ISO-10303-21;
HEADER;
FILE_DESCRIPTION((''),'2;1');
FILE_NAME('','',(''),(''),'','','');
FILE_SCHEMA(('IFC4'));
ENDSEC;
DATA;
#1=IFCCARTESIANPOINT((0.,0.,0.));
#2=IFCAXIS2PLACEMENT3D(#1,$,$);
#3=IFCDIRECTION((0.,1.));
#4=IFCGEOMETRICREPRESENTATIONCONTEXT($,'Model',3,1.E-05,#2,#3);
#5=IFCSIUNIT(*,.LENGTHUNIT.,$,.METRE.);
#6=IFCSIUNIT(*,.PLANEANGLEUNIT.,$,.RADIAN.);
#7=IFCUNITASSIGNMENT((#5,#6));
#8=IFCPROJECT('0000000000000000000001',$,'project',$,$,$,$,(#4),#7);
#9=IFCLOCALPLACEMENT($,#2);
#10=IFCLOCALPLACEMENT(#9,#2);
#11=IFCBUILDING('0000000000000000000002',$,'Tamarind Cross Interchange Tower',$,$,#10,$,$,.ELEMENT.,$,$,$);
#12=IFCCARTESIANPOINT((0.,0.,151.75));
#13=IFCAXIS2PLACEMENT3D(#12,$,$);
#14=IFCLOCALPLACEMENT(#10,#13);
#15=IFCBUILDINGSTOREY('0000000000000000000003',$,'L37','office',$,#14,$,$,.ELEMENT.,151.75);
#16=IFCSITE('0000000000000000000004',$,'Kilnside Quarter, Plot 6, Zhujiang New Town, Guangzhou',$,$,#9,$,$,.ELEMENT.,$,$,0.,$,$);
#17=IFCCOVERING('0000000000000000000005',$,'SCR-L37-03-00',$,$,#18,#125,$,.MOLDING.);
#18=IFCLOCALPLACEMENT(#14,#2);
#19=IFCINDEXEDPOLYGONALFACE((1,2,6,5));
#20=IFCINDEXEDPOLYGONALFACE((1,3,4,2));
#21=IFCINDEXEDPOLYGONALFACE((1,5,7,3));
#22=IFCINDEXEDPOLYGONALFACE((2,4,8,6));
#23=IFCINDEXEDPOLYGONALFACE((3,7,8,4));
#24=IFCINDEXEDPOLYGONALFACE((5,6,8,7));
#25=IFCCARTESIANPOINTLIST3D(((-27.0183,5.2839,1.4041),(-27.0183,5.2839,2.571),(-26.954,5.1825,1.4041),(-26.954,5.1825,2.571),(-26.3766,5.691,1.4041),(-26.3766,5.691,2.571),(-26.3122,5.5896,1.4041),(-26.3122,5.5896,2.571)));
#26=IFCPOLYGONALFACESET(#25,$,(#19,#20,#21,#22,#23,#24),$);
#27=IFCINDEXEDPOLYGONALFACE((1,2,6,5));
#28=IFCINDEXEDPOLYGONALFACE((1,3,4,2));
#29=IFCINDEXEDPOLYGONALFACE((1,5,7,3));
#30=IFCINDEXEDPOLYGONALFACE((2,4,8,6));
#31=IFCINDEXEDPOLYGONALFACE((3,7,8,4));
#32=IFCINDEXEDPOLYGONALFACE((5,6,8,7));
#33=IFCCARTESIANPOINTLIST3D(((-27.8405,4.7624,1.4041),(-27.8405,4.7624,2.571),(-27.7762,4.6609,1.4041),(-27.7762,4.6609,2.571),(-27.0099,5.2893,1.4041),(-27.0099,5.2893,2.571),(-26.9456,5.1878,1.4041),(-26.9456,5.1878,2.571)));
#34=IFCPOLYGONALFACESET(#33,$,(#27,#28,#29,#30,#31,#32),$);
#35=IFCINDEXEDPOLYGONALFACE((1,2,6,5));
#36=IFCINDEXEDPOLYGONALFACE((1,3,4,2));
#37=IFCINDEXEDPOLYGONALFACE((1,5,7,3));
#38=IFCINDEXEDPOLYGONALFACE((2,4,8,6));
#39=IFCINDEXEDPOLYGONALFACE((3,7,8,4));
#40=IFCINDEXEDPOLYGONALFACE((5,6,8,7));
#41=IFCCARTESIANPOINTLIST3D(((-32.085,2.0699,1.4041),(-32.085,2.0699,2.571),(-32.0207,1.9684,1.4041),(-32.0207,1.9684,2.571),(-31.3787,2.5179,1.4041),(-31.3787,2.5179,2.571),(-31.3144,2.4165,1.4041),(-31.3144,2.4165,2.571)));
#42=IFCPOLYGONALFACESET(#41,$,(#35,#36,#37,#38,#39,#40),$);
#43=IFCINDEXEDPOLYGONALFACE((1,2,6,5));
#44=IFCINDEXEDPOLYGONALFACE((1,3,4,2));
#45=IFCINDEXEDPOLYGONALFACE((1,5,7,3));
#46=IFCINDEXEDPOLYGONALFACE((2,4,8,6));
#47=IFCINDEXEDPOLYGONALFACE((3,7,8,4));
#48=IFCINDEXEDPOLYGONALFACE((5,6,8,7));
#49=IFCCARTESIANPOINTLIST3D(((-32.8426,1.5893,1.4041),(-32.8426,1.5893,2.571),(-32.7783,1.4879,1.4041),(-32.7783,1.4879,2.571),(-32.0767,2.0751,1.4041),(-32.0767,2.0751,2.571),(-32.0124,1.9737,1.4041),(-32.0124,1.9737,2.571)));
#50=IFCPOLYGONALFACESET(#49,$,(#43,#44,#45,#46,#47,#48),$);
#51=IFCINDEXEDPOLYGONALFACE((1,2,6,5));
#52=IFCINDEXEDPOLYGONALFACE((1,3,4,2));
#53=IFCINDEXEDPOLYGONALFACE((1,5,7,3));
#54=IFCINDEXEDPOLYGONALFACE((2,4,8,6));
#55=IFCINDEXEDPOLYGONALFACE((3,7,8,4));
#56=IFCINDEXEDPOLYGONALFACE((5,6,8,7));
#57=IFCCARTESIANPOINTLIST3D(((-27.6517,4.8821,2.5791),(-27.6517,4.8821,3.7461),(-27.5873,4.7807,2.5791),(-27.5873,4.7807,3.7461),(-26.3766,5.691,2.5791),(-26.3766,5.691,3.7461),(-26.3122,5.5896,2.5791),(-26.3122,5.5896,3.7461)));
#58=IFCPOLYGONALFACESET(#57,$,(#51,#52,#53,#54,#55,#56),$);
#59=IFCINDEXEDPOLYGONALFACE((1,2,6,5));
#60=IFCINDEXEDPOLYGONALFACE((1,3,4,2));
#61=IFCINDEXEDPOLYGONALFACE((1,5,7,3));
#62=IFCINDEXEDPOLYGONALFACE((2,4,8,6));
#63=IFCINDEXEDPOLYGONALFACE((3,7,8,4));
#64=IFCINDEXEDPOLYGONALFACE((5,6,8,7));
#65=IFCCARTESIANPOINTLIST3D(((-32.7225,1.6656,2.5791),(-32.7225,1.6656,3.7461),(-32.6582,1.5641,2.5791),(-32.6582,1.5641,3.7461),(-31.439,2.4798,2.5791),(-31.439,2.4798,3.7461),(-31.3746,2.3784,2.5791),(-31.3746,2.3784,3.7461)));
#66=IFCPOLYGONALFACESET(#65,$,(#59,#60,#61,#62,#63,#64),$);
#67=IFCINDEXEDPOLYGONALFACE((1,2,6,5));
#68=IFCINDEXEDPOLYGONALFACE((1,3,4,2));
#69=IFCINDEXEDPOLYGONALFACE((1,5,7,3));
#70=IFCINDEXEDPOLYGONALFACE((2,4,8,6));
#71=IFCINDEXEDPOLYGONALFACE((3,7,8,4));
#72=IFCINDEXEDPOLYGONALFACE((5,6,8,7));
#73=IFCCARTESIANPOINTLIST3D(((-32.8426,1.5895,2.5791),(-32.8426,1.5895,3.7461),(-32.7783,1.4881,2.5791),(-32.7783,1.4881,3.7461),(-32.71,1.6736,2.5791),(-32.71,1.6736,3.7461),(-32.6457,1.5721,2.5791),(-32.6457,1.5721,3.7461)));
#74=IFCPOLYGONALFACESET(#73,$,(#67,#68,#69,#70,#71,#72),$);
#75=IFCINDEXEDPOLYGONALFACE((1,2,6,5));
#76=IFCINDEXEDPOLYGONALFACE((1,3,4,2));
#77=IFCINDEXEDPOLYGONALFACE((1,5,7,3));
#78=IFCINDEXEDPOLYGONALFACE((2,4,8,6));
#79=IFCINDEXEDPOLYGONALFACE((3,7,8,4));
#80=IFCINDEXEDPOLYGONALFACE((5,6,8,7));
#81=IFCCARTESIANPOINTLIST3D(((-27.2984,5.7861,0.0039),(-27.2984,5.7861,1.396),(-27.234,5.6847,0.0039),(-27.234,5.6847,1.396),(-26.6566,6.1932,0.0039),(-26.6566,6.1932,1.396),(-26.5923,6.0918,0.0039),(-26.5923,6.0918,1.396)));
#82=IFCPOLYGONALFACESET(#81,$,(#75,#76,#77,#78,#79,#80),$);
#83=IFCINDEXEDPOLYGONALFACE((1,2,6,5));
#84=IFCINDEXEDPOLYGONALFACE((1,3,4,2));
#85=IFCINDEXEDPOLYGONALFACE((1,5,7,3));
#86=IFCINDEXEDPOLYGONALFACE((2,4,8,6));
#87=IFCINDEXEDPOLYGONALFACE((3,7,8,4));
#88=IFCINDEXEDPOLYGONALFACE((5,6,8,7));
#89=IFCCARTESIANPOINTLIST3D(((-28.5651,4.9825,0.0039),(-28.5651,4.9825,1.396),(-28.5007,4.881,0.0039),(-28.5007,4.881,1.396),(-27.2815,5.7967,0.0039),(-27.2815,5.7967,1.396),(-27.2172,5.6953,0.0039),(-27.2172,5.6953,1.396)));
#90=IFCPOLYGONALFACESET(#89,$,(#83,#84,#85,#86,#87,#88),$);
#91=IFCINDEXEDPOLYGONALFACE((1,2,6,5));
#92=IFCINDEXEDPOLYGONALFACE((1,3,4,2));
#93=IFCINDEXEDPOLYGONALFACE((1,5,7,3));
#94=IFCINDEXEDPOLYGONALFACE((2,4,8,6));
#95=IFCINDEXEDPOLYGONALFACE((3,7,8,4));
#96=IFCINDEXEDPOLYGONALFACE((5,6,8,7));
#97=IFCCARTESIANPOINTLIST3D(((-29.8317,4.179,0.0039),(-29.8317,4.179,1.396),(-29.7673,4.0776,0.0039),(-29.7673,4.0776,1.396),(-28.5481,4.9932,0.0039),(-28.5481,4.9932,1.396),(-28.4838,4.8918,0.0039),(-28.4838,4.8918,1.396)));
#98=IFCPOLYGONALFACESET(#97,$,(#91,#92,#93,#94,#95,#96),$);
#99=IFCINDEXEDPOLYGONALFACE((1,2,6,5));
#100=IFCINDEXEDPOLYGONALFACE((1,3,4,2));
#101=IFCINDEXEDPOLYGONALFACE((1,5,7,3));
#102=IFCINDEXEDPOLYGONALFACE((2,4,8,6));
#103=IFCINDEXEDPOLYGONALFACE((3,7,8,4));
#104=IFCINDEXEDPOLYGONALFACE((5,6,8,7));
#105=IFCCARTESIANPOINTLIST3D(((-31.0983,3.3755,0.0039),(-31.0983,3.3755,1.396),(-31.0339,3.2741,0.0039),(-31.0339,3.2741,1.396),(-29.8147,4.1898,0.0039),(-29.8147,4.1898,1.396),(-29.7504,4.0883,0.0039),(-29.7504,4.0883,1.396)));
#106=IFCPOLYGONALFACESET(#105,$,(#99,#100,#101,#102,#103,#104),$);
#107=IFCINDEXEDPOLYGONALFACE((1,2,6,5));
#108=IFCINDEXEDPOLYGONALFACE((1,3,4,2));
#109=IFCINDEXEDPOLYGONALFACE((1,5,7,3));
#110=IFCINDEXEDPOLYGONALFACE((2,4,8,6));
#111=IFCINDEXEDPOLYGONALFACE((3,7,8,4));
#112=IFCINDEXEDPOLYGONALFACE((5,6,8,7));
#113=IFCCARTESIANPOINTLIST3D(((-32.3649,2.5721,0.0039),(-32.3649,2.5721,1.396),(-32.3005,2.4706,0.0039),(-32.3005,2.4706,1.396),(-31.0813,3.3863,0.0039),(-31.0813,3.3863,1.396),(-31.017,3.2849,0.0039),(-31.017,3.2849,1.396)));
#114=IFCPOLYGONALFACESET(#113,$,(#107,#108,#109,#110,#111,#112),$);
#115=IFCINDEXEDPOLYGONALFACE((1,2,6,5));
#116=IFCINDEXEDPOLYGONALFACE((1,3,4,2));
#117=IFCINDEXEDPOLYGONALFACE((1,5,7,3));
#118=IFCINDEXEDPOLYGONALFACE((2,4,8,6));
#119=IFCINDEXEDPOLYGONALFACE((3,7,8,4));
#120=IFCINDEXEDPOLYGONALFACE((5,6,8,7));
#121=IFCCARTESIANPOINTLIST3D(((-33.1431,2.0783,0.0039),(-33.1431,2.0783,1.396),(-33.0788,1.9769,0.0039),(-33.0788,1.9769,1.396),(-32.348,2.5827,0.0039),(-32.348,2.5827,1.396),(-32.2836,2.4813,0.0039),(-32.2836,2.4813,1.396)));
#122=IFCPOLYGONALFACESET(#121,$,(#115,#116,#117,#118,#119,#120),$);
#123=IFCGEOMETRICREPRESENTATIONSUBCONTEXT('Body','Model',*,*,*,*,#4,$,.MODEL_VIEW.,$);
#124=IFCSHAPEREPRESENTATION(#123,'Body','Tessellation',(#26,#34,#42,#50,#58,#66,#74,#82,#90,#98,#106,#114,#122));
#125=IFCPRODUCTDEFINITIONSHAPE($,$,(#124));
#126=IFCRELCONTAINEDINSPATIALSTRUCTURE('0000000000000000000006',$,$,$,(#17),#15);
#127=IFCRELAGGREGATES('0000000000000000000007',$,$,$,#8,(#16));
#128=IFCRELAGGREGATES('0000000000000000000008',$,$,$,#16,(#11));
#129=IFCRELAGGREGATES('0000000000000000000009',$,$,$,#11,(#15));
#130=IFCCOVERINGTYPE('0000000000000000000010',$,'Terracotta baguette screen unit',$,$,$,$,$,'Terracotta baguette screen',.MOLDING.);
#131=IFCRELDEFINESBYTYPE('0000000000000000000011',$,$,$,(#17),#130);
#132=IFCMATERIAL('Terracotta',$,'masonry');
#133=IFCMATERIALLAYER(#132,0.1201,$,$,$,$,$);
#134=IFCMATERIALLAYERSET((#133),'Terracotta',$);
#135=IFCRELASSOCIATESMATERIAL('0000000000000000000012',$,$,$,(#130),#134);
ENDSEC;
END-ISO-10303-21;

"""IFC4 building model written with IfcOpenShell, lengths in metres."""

from ifc_helpers import new_model, si_unit, direction, frame, origin, origin_2d, place, context, subcontext, project, spatial, rectangle, extrude, material, layer, layer_set, type_object, element, save


model = new_model("IFC4")

# Units and contexts
model_context = context("Model", 3, precision=1e-05, world=origin(), true_north=direction((0.0, 1.0)))
body_context = subcontext(model_context, "Body", "Model", "MODEL_VIEW")
ifc_project = project(units=[si_unit("LENGTHUNIT", "METRE"), si_unit("PLANEANGLEUNIT", "RADIAN")], contexts=[model_context])

# Site, building, storey
site_placement = place(None, origin())
site = spatial("IfcSite", under=ifc_project, at=site_placement, Name="Kilnside Quarter, Plot 6, Zhujiang New Town, Guangzhou", CompositionType="ELEMENT", RefElevation=0.0)
building_placement = place(site_placement, origin())
building = spatial("IfcBuilding", under=site, at=building_placement, Name="Tamarind Cross Interchange Tower", CompositionType="ELEMENT")
storey_placement = place(building_placement, frame((0.0, 0.0, 151.75)))
storey = spatial("IfcBuildingStorey", under=building, at=storey_placement, Name="L37", Description="office", CompositionType="ELEMENT", Elevation=151.75)

# Covering
ifc_material_1 = material(Name="Terracotta", Category="masonry")
ifc_layer_1 = layer(ifc_material_1, 0.1201)
ifc_layer_set_1 = layer_set([ifc_layer_1], Name="Terracotta")
covering_type = type_object("IfcCoveringType", Name="Terracotta baguette screen unit", ElementType="Terracotta baguette screen", PredefinedType="MOLDING", material=ifc_layer_set_1)
covering_1_placement = place(storey_placement, origin())
element("IfcCovering", 1, at=covering_1_placement, inside=storey, type_object=covering_type, Name="SCR-L37-03-00", PredefinedType="MOLDING", context=body_context, shape_type="SweptSolid", body=[
    extrude(rectangle(XDim=0.76, YDim=0.1201, at=origin_2d()), frame((-26.6653, 5.4368, 1.4041), z_axis=(0.0, 0.0, 1.0), x_axis=(-0.844433, -0.535662, 0.0)), (0.0, 0.0, 1.0), 1.167),
    extrude(rectangle(XDim=0.9836, YDim=0.1201, at=origin_2d()), frame((-27.3931, 4.9751, 1.4041), z_axis=(0.0, 0.0, 1.0), x_axis=(-0.844433, -0.535662, 0.0)), (0.0, 0.0, 1.0), 1.167),
    extrude(rectangle(XDim=0.8364, YDim=0.1201, at=origin_2d()), frame((-31.6997, 2.2432, 1.4041), z_axis=(0.0, 0.0, 1.0), x_axis=(-0.844433, -0.535662, 0.0)), (0.0, 0.0, 1.0), 1.167),
    extrude(rectangle(XDim=0.907, YDim=0.1201, at=origin_2d()), frame((-32.4275, 1.7815, 1.4041), z_axis=(0.0, 0.0, 1.0), x_axis=(-0.844433, -0.535662, 0.0)), (0.0, 0.0, 1.0), 1.167),
    extrude(rectangle(XDim=1.51, YDim=0.1201, at=origin_2d()), frame((-26.9819, 5.2358, 2.5791), z_axis=(0.0, 0.0, 1.0), x_axis=(-0.844433, -0.535662, 0.0)), (0.0, 0.0, 1.0), 1.167),
    extrude(rectangle(XDim=1.52, YDim=0.1201, at=origin_2d()), frame((-32.0486, 2.022, 2.5791), z_axis=(0.0, 0.0, 1.0), x_axis=(-0.844433, -0.535662, 0.0)), (0.0, 0.0, 1.0), 1.167),
    extrude(rectangle(XDim=0.157, YDim=0.1201, at=origin_2d()), frame((-32.7441, 1.5808, 2.5791), z_axis=(0.0, 0.0, 1.0), x_axis=(-0.844433, -0.535662, 0.0)), (0.0, 0.0, 1.0), 1.167),
    extrude(rectangle(XDim=0.76, YDim=0.1201, at=origin_2d()), frame((-26.9453, 5.939, 0.0039), z_axis=(0.0, 0.0, 1.0), x_axis=(-0.844433, -0.535662, 0.0)), (0.0, 0.0, 1.0), 1.3921),
    extrude(rectangle(XDim=1.52, YDim=0.1201, at=origin_2d()), frame((-27.8911, 5.3389, 0.0039), z_axis=(0.0, 0.0, 1.0), x_axis=(-0.844433, -0.535662, 0.0)), (0.0, 0.0, 1.0), 1.3921),
    extrude(rectangle(XDim=1.52, YDim=0.1201, at=origin_2d()), frame((-29.1577, 4.5354, 0.0039), z_axis=(0.0, 0.0, 1.0), x_axis=(-0.844433, -0.535662, 0.0)), (0.0, 0.0, 1.0), 1.3921),
    extrude(rectangle(XDim=1.52, YDim=0.1201, at=origin_2d()), frame((-30.4243, 3.7319, 0.0039), z_axis=(0.0, 0.0, 1.0), x_axis=(-0.844433, -0.535662, 0.0)), (0.0, 0.0, 1.0), 1.3921),
    extrude(rectangle(XDim=1.52, YDim=0.1201, at=origin_2d()), frame((-31.6909, 2.9285, 0.0039), z_axis=(0.0, 0.0, 1.0), x_axis=(-0.844433, -0.535662, 0.0)), (0.0, 0.0, 1.0), 1.3921),
    extrude(rectangle(XDim=0.9417, YDim=0.1201, at=origin_2d()), frame((-32.7134, 2.2798, 0.0039), z_axis=(0.0, 0.0, 1.0), x_axis=(-0.844433, -0.535662, 0.0)), (0.0, 0.0, 1.0), 1.3921),
])

save(model, "model.ifc")
